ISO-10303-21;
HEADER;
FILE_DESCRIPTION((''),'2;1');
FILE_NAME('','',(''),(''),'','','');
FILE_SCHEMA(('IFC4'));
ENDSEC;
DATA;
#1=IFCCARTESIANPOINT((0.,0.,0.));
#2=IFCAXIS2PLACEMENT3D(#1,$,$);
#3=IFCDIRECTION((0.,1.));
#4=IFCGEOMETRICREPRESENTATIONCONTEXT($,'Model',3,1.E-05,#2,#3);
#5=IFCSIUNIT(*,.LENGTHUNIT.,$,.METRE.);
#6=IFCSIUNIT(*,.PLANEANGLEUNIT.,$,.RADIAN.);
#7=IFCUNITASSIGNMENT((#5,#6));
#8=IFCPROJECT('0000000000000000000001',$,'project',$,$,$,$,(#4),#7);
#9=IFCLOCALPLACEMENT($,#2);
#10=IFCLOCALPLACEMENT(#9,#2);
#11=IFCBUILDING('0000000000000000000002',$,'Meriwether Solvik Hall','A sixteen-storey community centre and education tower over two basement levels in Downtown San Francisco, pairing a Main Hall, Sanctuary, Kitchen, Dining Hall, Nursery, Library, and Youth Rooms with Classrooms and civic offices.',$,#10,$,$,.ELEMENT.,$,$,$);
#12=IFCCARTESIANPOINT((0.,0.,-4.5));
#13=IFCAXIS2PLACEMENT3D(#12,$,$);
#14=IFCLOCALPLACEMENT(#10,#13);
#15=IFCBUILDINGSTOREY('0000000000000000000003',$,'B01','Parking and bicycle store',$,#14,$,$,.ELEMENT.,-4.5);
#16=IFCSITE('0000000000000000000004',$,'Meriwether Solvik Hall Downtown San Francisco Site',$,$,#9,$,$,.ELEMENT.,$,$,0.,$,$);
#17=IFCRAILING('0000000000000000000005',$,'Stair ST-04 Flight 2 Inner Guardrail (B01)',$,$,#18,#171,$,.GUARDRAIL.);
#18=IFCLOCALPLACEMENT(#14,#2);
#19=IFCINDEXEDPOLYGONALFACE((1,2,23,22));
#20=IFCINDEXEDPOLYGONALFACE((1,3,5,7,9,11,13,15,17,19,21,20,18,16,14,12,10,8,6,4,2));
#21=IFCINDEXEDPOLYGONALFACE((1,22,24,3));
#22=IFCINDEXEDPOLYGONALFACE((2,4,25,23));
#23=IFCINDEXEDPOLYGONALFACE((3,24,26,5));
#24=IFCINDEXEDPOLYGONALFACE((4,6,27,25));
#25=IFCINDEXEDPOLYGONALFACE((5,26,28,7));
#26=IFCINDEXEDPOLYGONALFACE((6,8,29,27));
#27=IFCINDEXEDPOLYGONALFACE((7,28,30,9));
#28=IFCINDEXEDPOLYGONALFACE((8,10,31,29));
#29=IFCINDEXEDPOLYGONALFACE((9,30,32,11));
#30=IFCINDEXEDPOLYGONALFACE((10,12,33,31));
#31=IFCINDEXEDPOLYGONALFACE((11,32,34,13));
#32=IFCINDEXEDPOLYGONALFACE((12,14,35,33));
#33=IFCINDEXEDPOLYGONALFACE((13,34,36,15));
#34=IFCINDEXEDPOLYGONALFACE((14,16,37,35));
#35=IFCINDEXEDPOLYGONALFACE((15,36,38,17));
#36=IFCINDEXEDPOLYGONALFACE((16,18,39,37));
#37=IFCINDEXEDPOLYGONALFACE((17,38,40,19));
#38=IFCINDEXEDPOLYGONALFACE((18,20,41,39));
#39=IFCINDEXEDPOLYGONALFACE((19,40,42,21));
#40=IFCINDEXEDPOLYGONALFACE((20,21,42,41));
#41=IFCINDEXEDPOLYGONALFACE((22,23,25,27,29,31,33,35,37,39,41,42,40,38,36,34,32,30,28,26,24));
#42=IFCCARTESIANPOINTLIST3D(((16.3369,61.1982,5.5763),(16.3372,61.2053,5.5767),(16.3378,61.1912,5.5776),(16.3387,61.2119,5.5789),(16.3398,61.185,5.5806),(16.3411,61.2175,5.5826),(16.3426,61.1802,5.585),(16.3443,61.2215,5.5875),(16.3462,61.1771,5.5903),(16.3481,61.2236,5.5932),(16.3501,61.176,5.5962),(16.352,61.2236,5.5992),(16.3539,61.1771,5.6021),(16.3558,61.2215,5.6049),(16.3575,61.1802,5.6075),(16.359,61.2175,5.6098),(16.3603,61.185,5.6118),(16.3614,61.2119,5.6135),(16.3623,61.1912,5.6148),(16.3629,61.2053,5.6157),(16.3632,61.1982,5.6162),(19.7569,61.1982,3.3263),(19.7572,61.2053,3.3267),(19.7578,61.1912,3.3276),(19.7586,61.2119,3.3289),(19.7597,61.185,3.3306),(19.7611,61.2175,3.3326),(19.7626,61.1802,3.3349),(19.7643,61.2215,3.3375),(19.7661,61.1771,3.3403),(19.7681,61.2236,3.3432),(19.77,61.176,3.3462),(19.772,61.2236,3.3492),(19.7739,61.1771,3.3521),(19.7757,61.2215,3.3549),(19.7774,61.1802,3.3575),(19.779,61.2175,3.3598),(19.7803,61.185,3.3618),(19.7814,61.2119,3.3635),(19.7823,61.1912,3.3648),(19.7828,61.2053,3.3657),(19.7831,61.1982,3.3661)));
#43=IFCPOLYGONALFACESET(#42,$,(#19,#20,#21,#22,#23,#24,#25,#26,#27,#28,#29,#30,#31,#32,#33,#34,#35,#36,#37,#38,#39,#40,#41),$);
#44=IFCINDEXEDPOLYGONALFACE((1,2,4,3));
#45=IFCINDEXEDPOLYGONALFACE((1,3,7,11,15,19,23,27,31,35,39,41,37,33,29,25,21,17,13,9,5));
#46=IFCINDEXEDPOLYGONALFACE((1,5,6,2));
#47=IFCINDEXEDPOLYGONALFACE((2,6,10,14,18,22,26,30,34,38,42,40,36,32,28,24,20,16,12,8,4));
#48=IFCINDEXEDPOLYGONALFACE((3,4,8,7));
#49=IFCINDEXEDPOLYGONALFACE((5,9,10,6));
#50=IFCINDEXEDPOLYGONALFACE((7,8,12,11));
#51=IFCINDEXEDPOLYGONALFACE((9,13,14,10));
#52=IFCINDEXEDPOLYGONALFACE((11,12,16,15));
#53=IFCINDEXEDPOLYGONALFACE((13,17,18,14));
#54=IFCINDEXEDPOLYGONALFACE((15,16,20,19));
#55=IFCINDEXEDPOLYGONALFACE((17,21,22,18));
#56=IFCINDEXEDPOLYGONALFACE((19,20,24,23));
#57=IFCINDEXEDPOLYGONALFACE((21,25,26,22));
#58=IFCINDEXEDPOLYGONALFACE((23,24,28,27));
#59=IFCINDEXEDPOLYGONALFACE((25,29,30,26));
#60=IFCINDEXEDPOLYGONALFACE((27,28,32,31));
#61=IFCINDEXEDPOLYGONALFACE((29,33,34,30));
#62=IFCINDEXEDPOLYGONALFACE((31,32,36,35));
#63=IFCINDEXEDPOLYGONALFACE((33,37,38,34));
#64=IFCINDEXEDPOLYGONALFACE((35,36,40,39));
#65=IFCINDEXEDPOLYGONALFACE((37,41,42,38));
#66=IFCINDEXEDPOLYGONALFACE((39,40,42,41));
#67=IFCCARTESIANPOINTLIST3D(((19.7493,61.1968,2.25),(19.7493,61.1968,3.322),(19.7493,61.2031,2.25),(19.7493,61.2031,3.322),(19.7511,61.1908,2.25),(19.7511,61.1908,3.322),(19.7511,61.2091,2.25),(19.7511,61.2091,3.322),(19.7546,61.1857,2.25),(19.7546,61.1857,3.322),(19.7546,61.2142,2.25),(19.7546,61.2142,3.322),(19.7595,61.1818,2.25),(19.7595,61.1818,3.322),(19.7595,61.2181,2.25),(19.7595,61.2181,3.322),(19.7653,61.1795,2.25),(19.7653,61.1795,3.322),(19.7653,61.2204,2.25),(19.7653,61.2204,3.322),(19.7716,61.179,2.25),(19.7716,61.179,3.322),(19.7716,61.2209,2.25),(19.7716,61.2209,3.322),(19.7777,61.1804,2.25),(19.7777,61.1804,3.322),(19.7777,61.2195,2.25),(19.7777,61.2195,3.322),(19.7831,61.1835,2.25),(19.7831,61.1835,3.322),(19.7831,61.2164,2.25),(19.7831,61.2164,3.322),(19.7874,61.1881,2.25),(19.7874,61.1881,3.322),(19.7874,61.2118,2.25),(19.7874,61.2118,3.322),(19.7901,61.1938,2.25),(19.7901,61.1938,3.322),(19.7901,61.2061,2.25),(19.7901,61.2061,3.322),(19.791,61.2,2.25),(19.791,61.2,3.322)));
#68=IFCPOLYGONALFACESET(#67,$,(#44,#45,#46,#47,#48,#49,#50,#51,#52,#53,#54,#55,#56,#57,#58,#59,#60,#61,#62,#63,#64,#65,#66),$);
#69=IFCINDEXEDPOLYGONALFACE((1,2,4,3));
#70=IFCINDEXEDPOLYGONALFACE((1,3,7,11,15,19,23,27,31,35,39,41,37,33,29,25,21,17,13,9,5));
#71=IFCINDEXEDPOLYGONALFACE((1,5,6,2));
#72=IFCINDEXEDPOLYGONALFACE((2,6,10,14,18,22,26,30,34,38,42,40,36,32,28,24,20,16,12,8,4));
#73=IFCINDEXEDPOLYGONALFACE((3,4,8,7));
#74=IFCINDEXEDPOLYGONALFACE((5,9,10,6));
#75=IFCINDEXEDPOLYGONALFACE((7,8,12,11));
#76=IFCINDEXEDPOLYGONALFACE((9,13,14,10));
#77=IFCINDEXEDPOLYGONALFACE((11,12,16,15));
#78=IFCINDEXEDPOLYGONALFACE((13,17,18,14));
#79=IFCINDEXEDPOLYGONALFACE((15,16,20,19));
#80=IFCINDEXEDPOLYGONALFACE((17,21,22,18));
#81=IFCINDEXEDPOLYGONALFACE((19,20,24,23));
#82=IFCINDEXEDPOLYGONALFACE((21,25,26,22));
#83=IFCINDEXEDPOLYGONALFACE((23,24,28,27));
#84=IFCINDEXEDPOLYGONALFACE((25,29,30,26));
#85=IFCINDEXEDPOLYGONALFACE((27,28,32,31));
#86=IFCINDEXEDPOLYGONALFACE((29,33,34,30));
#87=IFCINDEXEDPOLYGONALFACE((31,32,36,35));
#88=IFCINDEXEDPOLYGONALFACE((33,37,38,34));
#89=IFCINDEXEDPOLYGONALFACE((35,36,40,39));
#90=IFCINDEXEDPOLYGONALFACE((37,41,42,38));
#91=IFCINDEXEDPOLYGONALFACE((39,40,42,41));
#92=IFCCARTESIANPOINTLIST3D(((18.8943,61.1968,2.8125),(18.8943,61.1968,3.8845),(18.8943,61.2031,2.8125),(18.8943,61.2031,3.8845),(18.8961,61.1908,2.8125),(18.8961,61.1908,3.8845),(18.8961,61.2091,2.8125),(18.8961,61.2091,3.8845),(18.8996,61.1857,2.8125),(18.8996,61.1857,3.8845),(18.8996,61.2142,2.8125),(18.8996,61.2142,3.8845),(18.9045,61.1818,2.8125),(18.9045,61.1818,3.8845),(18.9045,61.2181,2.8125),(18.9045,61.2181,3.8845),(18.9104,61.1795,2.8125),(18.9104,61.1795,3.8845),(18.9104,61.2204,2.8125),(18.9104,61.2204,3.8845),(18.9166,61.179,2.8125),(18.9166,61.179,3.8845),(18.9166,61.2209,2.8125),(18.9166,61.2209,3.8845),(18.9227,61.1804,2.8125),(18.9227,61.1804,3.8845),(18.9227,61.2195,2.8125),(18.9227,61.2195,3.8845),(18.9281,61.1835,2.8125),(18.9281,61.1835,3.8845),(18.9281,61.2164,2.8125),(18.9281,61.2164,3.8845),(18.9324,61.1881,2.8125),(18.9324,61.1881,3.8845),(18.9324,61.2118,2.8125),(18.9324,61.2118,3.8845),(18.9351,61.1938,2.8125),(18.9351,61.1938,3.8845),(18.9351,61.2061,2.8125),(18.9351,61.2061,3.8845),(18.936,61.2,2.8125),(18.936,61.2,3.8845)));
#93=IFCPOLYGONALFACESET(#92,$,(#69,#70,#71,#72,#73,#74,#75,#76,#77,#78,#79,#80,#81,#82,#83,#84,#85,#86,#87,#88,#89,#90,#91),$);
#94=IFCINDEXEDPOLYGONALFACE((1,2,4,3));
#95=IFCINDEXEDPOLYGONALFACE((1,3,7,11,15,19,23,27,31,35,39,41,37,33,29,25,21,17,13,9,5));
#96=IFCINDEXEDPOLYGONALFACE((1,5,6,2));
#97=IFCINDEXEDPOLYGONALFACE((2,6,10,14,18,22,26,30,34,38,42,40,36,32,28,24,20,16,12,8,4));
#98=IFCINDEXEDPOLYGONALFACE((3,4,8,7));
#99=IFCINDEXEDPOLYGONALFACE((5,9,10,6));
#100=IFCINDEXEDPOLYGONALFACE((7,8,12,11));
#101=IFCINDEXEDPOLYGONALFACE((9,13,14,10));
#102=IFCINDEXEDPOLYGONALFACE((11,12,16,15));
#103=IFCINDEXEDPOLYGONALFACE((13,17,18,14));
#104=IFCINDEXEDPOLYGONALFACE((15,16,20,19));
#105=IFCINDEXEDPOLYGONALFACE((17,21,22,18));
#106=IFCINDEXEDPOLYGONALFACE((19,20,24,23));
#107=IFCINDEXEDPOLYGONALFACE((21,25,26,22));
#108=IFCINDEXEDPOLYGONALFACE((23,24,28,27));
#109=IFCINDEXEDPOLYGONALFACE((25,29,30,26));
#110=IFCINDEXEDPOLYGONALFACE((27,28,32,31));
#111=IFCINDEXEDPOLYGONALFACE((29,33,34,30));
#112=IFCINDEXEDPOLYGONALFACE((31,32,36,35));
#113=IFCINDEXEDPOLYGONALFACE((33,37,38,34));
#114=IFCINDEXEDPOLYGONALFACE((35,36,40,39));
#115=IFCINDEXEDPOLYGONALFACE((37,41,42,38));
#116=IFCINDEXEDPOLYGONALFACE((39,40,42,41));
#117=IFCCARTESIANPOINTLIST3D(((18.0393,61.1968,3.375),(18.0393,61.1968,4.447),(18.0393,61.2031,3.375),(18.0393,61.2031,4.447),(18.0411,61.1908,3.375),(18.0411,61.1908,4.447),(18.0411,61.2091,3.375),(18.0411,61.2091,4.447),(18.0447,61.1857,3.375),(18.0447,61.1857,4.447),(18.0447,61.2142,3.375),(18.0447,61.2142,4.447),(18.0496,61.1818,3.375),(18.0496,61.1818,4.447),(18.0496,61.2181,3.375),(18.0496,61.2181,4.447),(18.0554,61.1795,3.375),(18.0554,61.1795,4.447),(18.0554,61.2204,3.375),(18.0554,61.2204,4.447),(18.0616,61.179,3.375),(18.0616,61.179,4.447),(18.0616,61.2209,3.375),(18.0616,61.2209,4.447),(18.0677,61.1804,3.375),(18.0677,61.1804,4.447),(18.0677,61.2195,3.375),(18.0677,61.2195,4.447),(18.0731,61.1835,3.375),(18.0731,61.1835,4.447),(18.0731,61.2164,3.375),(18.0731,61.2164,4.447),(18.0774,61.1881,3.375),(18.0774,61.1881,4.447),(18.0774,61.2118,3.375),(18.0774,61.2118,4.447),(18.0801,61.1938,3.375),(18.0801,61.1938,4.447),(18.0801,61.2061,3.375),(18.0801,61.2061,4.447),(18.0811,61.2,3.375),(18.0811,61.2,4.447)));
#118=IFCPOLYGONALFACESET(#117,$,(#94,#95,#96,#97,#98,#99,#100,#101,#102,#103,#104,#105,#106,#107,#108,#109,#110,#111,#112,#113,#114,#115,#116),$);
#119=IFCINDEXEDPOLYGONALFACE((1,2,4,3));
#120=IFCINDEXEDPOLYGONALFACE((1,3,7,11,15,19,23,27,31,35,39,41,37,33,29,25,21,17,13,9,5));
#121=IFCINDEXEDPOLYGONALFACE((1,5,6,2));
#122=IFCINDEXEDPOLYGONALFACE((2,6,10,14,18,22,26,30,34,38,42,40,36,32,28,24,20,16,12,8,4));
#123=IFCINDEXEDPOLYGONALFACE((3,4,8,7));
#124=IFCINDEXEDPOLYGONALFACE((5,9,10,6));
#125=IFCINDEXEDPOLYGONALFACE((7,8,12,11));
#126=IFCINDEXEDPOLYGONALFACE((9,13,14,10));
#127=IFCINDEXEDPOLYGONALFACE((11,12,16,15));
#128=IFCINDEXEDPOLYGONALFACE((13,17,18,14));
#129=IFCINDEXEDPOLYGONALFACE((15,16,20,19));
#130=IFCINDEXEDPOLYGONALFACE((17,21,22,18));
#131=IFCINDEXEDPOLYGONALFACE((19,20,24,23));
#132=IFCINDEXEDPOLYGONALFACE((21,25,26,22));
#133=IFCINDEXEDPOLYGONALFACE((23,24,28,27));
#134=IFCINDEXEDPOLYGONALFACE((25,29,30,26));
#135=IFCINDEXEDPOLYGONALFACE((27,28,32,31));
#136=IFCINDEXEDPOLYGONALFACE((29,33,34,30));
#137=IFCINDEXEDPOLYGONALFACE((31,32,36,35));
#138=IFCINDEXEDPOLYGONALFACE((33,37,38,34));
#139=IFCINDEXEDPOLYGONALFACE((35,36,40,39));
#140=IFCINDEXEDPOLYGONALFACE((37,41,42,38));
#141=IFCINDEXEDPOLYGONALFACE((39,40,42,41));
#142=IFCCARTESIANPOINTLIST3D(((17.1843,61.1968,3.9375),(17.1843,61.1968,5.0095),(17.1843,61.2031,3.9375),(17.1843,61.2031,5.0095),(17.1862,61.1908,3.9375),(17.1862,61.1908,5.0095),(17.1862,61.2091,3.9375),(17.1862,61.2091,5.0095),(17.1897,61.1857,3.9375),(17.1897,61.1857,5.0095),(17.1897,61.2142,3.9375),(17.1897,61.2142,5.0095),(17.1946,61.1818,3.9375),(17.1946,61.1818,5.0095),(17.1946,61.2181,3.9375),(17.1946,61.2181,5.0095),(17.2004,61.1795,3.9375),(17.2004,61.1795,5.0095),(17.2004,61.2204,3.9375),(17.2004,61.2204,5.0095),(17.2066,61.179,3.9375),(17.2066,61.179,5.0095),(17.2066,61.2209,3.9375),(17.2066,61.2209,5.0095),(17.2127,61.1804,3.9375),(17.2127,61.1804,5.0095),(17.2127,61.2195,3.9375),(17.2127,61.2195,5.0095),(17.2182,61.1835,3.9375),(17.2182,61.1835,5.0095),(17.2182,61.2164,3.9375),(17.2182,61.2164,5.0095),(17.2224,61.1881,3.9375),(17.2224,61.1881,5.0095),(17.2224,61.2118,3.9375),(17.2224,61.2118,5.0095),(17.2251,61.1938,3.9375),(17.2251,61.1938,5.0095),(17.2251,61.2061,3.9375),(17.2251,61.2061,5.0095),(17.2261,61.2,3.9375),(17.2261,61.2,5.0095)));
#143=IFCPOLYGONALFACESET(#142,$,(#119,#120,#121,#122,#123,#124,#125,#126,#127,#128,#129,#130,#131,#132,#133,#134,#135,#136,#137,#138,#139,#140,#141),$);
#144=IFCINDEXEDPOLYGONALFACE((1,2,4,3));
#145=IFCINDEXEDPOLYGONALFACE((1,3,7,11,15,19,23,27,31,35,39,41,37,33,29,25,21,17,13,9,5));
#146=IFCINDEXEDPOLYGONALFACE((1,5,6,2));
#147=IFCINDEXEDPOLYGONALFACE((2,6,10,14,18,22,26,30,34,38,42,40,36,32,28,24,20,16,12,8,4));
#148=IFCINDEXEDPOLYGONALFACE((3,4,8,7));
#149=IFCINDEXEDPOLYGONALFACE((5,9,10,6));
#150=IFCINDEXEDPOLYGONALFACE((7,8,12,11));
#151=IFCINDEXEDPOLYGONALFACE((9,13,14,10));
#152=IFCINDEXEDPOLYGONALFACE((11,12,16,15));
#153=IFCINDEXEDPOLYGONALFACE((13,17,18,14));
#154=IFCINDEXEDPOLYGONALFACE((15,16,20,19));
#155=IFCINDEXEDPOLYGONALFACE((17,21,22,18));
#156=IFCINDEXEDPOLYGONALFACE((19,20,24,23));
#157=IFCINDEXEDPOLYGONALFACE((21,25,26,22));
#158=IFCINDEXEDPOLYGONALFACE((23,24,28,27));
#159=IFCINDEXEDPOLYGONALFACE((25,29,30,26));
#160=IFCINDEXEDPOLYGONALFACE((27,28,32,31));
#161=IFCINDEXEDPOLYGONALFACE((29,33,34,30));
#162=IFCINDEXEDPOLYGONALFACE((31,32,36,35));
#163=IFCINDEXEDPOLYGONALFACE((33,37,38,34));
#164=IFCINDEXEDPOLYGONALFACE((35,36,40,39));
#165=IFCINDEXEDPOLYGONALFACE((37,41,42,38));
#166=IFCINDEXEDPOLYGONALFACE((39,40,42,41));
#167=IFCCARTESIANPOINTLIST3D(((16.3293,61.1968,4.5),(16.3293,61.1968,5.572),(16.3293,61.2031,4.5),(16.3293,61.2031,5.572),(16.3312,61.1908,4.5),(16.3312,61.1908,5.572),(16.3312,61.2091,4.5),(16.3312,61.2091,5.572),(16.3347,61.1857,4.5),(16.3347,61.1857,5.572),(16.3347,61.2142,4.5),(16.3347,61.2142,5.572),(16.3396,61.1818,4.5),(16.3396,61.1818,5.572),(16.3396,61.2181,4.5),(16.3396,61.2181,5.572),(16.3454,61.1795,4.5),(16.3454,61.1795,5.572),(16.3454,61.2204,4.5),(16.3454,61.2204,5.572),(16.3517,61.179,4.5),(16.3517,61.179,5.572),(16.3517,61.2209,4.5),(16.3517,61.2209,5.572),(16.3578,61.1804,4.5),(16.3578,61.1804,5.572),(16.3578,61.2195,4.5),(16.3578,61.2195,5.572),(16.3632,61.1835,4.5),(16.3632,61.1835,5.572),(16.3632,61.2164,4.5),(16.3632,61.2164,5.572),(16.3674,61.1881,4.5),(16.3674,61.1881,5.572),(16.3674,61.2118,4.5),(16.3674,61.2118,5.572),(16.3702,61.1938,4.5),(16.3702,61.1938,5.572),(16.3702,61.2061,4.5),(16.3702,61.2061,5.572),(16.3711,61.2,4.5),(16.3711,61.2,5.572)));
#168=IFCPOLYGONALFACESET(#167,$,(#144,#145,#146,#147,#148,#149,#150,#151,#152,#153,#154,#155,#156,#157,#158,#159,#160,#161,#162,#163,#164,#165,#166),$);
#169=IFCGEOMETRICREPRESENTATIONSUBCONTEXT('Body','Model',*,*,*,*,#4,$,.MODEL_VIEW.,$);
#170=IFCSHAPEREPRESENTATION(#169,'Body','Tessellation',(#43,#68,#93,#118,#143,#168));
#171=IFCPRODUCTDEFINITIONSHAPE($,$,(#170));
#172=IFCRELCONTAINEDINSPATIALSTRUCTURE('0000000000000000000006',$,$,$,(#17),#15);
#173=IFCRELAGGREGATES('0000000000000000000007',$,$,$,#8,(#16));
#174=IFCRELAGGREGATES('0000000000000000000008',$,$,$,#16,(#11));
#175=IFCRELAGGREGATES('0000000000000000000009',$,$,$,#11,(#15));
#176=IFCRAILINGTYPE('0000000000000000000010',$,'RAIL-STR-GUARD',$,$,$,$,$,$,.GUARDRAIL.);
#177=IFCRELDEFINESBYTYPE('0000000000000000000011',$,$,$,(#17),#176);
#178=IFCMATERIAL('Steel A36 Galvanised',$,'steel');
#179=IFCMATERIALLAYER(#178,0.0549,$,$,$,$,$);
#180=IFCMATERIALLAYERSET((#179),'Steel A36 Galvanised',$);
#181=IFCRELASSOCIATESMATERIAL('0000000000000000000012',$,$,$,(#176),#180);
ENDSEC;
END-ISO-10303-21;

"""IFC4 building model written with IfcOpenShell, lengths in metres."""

from ifc_helpers import new_model, si_unit, direction, frame, origin, origin_2d, place, context, subcontext, project, spatial, circle, extrude, material, layer, layer_set, type_object, element, save


model = new_model("IFC4")

# Units and contexts
model_context = context("Model", 3, precision=1e-05, world=origin(), true_north=direction((0.0, 1.0)))
body_context = subcontext(model_context, "Body", "Model", "MODEL_VIEW")
ifc_project = project(units=[si_unit("LENGTHUNIT", "METRE"), si_unit("PLANEANGLEUNIT", "RADIAN")], contexts=[model_context])

# Site, building, storey
site_placement = place(None, origin())
site = spatial("IfcSite", under=ifc_project, at=site_placement, Name="Meriwether Solvik Hall Downtown San Francisco Site", CompositionType="ELEMENT", RefElevation=0.0)
building_placement = place(site_placement, origin())
building = spatial("IfcBuilding", under=site, at=building_placement, Name="Meriwether Solvik Hall", Description="A sixteen-storey community centre and education tower over two basement levels in Downtown San Francisco, pairing a Main Hall, Sanctuary, Kitchen, Dining Hall, Nursery, Library, and Youth Rooms with Classrooms and civic offices.", CompositionType="ELEMENT")
storey_placement = place(building_placement, frame((0.0, 0.0, -4.5)))
storey = spatial("IfcBuildingStorey", under=building, at=storey_placement, Name="B01", Description="Parking and bicycle store", CompositionType="ELEMENT", Elevation=-4.5)

# Railing
ifc_material_1 = material(Name="Steel A36 Galvanised", Category="steel")
ifc_layer_1 = layer(ifc_material_1, 0.0549)
ifc_layer_set_1 = layer_set([ifc_layer_1], Name="Steel A36 Galvanised")
railing_type_1 = type_object("IfcRailingType", Name="RAIL-STR-GUARD", PredefinedType="GUARDRAIL", material=ifc_layer_set_1)
railing_1_placement = place(storey_placement, frame((19.77, 61.2, 2.25)))
element("IfcRailing", 1, at=railing_1_placement, inside=storey, type_object=railing_type_1, Name="Stair ST-04 Flight 2 Inner Guardrail (B01)", PredefinedType="GUARDRAIL", context=body_context, shape_type="SweptSolid", body=[
    extrude(circle(Radius=0.0239, at=origin_2d()), frame((0.0, 0.0, 1.0962), z_axis=(-0.835411, 0.0, 0.549625), x_axis=(0.0, -1.0, 0.0)), (0.0, 0.0, 1.0), 4.0938),
    extrude(circle(Radius=0.021, at=origin_2d()), origin(), (0.0, 0.0, 1.0), 1.072),
    extrude(circle(Radius=0.021, at=origin_2d()), frame((-0.855, 0.0, 0.5625)), (0.0, 0.0, 1.0), 1.072),
    extrude(circle(Radius=0.021, at=origin_2d()), frame((-1.71, 0.0, 1.125)), (0.0, 0.0, 1.0), 1.072),
    extrude(circle(Radius=0.021, at=origin_2d()), frame((-2.5649, 0.0, 1.6875)), (0.0, 0.0, 1.0), 1.072),
    extrude(circle(Radius=0.021, at=origin_2d()), frame((-3.4199, 0.0, 2.25)), (0.0, 0.0, 1.0), 1.072),
])

save(model, "model.ifc")
